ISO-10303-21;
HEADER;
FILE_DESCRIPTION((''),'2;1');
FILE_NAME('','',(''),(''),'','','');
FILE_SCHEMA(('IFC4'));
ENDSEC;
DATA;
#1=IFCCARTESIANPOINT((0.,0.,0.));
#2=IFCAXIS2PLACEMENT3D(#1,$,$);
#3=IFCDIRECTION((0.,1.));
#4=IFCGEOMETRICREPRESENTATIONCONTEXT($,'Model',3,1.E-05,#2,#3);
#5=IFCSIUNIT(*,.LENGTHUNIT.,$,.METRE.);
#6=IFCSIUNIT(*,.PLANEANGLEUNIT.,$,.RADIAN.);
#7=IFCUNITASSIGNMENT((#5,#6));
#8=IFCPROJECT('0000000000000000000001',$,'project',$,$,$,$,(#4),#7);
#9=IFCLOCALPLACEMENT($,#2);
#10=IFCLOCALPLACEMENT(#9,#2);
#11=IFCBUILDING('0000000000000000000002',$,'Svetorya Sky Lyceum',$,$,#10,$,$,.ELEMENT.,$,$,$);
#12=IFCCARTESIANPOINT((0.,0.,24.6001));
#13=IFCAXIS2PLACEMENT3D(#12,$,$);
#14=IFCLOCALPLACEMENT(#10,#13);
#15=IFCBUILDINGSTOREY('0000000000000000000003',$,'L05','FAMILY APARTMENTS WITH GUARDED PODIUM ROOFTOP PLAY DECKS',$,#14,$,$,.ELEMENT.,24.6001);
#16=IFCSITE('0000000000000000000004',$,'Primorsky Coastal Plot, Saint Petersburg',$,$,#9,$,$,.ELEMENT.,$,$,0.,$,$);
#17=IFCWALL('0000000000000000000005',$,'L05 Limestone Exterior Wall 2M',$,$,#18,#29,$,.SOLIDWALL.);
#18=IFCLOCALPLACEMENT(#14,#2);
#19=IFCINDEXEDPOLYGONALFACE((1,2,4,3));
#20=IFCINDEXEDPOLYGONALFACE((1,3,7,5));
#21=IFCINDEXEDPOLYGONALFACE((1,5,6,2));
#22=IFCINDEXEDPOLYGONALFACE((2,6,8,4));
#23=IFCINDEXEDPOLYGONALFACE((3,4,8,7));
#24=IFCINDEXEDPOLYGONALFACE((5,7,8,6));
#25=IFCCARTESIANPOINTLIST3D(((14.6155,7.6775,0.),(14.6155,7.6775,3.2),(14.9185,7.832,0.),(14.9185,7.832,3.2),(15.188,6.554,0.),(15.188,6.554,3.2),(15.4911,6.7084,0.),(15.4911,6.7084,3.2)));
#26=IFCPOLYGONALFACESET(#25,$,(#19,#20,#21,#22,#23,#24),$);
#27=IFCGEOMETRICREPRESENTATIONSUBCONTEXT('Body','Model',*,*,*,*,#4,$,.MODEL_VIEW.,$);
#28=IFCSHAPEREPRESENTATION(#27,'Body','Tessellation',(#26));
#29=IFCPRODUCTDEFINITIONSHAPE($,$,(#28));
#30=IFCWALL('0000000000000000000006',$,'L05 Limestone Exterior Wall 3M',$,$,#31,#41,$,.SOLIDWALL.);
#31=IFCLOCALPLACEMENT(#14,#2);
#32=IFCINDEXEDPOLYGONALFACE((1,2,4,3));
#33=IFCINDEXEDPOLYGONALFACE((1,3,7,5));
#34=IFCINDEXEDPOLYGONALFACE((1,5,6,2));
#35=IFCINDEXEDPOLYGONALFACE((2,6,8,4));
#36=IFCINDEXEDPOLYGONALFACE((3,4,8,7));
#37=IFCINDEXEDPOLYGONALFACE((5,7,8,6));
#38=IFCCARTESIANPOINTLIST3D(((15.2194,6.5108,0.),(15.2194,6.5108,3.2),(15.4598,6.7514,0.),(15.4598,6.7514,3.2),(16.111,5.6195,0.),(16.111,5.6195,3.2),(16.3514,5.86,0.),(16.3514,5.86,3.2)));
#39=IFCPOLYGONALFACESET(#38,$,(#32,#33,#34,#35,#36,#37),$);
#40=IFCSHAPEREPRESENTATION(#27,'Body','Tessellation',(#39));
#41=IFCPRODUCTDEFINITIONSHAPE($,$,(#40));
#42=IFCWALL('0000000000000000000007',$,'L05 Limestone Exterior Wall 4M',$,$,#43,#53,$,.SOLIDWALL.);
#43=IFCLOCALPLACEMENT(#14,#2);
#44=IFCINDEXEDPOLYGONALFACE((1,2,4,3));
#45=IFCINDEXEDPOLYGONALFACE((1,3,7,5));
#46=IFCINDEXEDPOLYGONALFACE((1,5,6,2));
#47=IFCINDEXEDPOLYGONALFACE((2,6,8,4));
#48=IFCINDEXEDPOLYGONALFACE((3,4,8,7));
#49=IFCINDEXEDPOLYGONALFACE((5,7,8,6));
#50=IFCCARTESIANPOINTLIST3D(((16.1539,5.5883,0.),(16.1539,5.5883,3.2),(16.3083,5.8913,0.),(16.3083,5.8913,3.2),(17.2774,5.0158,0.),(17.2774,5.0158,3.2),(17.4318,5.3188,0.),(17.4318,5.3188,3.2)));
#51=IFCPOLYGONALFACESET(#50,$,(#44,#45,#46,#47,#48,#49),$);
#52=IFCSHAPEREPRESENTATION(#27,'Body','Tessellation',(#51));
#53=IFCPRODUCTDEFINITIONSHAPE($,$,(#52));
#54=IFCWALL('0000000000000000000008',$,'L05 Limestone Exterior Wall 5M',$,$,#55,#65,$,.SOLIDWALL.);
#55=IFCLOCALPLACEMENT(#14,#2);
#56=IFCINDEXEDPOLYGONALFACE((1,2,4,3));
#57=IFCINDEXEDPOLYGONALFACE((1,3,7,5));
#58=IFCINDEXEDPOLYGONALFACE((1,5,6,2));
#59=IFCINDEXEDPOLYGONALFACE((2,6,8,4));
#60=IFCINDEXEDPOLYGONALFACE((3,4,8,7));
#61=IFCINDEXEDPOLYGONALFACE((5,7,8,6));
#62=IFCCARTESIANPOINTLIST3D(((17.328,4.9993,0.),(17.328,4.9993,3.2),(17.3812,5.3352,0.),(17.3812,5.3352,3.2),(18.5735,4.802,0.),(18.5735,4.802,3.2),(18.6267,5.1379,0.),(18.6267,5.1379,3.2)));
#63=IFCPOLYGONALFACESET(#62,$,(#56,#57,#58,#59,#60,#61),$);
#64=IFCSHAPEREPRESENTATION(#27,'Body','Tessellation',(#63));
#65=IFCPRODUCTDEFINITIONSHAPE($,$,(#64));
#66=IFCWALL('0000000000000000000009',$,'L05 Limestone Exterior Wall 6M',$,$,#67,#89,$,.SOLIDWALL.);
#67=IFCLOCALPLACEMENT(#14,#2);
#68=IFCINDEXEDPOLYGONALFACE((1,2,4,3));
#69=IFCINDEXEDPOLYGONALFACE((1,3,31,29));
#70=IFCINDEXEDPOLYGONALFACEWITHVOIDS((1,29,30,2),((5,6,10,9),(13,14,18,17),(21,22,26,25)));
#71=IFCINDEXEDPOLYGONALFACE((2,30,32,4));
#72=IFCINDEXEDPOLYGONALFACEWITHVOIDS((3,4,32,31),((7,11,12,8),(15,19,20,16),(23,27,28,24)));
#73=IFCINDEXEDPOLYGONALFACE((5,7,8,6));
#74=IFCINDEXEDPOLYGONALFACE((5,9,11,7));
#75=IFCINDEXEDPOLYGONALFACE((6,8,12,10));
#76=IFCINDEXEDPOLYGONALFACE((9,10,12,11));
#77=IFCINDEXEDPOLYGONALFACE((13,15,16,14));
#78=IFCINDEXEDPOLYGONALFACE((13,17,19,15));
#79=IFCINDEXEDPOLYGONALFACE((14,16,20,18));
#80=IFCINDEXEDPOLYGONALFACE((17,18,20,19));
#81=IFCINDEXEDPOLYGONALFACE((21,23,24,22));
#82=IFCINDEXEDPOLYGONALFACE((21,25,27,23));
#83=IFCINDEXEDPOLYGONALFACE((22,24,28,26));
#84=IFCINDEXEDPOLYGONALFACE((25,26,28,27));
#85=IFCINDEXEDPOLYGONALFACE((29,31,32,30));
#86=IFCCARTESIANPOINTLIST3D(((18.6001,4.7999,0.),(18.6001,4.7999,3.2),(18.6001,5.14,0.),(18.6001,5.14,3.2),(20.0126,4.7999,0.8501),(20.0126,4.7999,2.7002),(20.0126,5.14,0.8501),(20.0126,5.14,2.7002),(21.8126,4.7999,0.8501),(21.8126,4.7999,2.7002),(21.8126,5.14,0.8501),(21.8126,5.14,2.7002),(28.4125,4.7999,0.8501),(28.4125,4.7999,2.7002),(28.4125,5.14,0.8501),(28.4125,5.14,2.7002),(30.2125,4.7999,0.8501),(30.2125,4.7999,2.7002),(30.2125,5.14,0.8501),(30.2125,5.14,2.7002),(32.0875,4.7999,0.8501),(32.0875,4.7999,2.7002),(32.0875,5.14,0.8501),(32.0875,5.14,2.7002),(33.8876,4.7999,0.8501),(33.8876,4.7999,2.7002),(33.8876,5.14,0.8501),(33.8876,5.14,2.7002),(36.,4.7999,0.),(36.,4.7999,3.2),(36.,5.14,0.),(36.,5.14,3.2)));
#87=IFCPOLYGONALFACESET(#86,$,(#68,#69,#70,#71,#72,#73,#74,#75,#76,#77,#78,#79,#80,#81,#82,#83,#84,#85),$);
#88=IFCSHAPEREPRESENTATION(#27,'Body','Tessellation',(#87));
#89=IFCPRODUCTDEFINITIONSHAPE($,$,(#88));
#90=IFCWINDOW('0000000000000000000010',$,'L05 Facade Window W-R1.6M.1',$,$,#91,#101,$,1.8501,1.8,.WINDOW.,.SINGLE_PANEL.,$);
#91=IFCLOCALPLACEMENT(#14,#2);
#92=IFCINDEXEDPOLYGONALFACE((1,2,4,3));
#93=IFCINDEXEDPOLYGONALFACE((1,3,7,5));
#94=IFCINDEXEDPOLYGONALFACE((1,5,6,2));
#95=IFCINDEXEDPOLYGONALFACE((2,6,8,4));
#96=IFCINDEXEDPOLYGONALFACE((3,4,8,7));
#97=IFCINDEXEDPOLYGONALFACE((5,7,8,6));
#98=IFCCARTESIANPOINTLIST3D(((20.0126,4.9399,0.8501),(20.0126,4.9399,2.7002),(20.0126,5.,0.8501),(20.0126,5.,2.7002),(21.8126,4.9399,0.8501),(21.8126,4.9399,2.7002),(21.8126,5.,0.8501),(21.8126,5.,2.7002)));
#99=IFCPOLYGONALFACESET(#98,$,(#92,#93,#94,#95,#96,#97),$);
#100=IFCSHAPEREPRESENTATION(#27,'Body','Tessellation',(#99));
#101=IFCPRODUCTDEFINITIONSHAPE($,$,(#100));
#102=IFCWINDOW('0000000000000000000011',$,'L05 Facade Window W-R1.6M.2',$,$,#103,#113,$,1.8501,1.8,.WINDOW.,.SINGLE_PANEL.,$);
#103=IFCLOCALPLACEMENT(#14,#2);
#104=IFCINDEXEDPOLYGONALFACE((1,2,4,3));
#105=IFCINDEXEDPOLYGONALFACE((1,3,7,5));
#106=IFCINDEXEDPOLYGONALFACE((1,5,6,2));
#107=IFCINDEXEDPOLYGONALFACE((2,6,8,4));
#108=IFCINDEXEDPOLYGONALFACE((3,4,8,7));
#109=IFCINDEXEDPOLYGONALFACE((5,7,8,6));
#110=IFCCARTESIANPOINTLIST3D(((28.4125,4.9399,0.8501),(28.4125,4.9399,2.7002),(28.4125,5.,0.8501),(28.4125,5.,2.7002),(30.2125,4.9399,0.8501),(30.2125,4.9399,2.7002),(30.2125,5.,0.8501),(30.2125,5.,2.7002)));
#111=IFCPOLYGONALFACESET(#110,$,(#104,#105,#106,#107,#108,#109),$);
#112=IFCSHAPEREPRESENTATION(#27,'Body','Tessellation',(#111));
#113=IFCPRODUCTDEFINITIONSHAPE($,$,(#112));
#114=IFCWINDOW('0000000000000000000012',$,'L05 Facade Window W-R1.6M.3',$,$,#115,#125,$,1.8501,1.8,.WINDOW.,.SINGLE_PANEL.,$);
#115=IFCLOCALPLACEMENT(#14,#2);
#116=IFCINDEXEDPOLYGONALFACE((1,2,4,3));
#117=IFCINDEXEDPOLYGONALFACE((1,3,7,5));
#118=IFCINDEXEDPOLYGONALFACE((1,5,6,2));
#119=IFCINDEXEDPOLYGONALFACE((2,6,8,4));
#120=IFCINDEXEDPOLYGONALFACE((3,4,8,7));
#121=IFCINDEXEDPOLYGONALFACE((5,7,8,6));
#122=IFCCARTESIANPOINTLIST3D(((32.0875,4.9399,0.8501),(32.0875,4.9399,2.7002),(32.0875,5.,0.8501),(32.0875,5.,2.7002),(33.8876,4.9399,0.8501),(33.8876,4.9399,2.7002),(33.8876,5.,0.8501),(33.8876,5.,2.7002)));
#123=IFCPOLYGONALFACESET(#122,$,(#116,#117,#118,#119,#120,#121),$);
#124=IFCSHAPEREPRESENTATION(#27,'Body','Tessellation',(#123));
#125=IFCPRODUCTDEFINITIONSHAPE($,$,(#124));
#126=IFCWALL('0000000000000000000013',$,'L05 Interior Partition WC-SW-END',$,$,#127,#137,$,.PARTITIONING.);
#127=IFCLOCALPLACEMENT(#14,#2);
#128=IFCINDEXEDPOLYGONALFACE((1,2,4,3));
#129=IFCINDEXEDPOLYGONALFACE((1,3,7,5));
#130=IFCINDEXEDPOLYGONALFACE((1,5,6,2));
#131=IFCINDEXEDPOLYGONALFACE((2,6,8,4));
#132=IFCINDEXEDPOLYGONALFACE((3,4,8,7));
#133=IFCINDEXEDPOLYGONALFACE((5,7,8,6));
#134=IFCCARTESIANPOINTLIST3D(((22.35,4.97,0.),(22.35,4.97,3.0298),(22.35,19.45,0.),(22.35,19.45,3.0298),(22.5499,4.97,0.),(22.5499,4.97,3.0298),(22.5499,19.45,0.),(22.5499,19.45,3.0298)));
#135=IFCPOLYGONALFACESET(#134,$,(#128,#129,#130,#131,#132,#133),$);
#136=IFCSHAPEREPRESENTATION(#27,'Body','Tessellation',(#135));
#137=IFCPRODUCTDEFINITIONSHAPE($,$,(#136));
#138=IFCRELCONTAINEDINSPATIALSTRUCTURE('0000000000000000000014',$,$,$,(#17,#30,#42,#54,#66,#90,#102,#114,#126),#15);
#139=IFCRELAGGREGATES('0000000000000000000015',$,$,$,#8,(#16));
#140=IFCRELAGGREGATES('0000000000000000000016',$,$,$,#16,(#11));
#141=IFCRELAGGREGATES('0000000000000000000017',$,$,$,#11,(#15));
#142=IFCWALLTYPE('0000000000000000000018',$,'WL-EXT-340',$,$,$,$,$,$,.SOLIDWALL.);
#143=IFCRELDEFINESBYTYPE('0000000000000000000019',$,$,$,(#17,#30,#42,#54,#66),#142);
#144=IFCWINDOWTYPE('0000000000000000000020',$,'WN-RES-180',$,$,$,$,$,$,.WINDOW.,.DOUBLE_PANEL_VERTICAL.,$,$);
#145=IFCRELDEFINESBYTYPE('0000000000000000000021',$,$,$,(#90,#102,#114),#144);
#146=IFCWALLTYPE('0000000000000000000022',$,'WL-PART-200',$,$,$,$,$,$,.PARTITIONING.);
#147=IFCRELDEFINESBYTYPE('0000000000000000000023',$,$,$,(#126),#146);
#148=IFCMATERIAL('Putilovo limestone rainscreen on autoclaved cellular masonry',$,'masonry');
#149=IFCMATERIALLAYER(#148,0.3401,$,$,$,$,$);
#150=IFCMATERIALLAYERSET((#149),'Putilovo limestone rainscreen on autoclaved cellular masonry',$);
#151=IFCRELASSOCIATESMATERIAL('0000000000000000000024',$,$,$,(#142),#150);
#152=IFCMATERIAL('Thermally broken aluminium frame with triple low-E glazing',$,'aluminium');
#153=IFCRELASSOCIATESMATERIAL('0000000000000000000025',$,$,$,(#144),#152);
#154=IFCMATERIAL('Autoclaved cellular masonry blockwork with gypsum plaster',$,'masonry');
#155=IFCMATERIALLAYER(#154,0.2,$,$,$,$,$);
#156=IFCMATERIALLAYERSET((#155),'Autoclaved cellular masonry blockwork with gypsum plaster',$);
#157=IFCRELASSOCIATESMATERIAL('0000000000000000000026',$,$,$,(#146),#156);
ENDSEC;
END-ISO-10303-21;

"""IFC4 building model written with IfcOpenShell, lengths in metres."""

from ifc_helpers import new_model, si_unit, direction, frame, frame_2d, origin, place, context, subcontext, project, spatial, rectangle, extrude, material, layer, layer_set, type_object, element, fill, save


model = new_model("IFC4")

# Units and contexts
model_context = context("Model", 3, precision=1e-05, world=origin(), true_north=direction((0.0, 1.0)))
body_context = subcontext(model_context, "Body", "Model", "MODEL_VIEW")
ifc_project = project(units=[si_unit("LENGTHUNIT", "METRE"), si_unit("PLANEANGLEUNIT", "RADIAN")], contexts=[model_context])

# Site, building, storey
site_placement = place(None, origin())
site = spatial("IfcSite", under=ifc_project, at=site_placement, Name="Primorsky Coastal Plot, Saint Petersburg", CompositionType="ELEMENT", RefElevation=0.0)
building_placement = place(site_placement, origin())
building = spatial("IfcBuilding", under=site, at=building_placement, Name="Svetorya Sky Lyceum", CompositionType="ELEMENT")
storey_placement = place(building_placement, frame((0.0, 0.0, 24.6001)))
storey = spatial("IfcBuildingStorey", under=building, at=storey_placement, Name="L05", Description="FAMILY APARTMENTS WITH GUARDED PODIUM ROOFTOP PLAY DECKS", CompositionType="ELEMENT", Elevation=24.6001)

# Walls
ifc_material_1 = material(Name="Putilovo limestone rainscreen on autoclaved cellular masonry", Category="masonry")
ifc_layer_1 = layer(ifc_material_1, 0.3401)
ifc_layer_set_1 = layer_set([ifc_layer_1], Name="Putilovo limestone rainscreen on autoclaved cellular masonry")
wall_type_1 = type_object("IfcWallType", Name="WL-EXT-340", PredefinedType="SOLIDWALL", material=ifc_layer_set_1)
wall_1_placement = place(storey_placement, frame((14.7671, 7.7546, 0.0), z_axis=(0.0, 0.0, 1.0), x_axis=(0.454016, -0.890994, 0.0)))
element("IfcWall", 1, at=wall_1_placement, inside=storey, type_object=wall_type_1, Name="L05 Limestone Exterior Wall 2M", PredefinedType="SOLIDWALL", context=body_context, shape_type="SweptSolid", body=[
    extrude(rectangle(XDim=1.261, YDim=0.3401, at=frame_2d((0.6304, 0.0))), origin(), (0.0, 0.0, 1.0), 3.2),
])
wall_2_placement = place(storey_placement, frame((15.3396, 6.6311, 0.0), z_axis=(0.0, 0.0, 1.0), x_axis=(0.707204, -0.70701, 0.0)))
element("IfcWall", 2, at=wall_2_placement, inside=storey, type_object=wall_type_1, Name="L05 Limestone Exterior Wall 3M", PredefinedType="SOLIDWALL", context=body_context, shape_type="SweptSolid", body=[
    extrude(rectangle(XDim=1.2607, YDim=0.3401, at=frame_2d((0.6304, 0.0))), origin(), (0.0, 0.0, 1.0), 3.2),
])
for number, where, z_axis, x_axis, name in (
    (3, (16.2312, 5.7397, 0.0), (0.0, 0.0, 1.0), (0.890994, -0.454016, 0.0), "L05 Limestone Exterior Wall 4M"),
    (4, (17.3547, 5.1672, 0.0), (0.0, 0.0, 1.0), (0.987686, -0.15645, 0.0), "L05 Limestone Exterior Wall 5M"),
):
    element("IfcWall", number, at=place(storey_placement, frame(where, z_axis=z_axis, x_axis=x_axis)), inside=storey, type_object=wall_type_1, Name=name, PredefinedType="SOLIDWALL", context=body_context, shape_type="SweptSolid", body=[
        extrude(rectangle(XDim=1.261, YDim=0.3401, at=frame_2d((0.6304, 0.0))), origin(), (0.0, 0.0, 1.0), 3.2),
    ])

# Wall, openings, windows
wall_3_placement = place(storey_placement, frame((18.6001, 4.97, 0.0), z_axis=(0.0, 0.0, 1.0), x_axis=(1.0, 0.0, 0.0)))
wall_3 = element("IfcWall", 5, at=wall_3_placement, inside=storey, type_object=wall_type_1, Name="L05 Limestone Exterior Wall 6M", PredefinedType="SOLIDWALL", context=body_context, shape_type="SweptSolid", body=[
    extrude(rectangle(XDim=17.3999, YDim=0.3401, at=frame_2d((8.7, 0.0))), origin(), (0.0, 0.0, 1.0), 3.2),
])
opening_1_placement = place(wall_3_placement, frame((1.4126, 0.0, 0.8501)))
opening_1 = element("IfcOpeningElement", 6, at=opening_1_placement, cuts=wall_3, PredefinedType="OPENING", context=body_context, shape_type="SweptSolid", body=[
    extrude(rectangle(XDim=1.8, YDim=1.8501, at=frame_2d((0.8999, 0.925))), frame((0.0, 0.1799, 0.0), z_axis=(0.0, -1.0, 0.0), x_axis=(1.0, 0.0, 0.0)), (0.0, 0.0, 1.0), 0.3601),
])
opening_2_placement = place(wall_3_placement, frame((9.8125, 0.0, 0.8501)))
opening_2 = element("IfcOpeningElement", 7, at=opening_2_placement, cuts=wall_3, PredefinedType="OPENING", context=body_context, shape_type="SweptSolid", body=[
    extrude(rectangle(XDim=1.8, YDim=1.8501, at=frame_2d((0.8999, 0.925))), frame((0.0, 0.1799, 0.0), z_axis=(0.0, -1.0, 0.0), x_axis=(1.0, 0.0, 0.0)), (0.0, 0.0, 1.0), 0.3601),
])
opening_3_placement = place(wall_3_placement, frame((13.4875, 0.0, 0.8501)))
opening_3 = element("IfcOpeningElement", 8, at=opening_3_placement, cuts=wall_3, PredefinedType="OPENING", context=body_context, shape_type="SweptSolid", body=[
    extrude(rectangle(XDim=1.8, YDim=1.8501, at=frame_2d((0.8999, 0.925))), frame((0.0, 0.1799, 0.0), z_axis=(0.0, -1.0, 0.0), x_axis=(1.0, 0.0, 0.0)), (0.0, 0.0, 1.0), 0.3601),
])
ifc_material_2 = material(Name="Thermally broken aluminium frame with triple low-E glazing", Category="aluminium")
window_type = type_object("IfcWindowType", Name="WN-RES-180", PartitioningType="DOUBLE_PANEL_VERTICAL", PredefinedType="WINDOW", material=ifc_material_2)
window_1_placement = place(opening_1_placement, origin())
window_1 = element("IfcWindow", 9, at=window_1_placement, inside=storey, type_object=window_type, Name="L05 Facade Window W-R1.6M.1", OverallHeight=1.8501, OverallWidth=1.8, PartitioningType="SINGLE_PANEL", PredefinedType="WINDOW", context=body_context, shape_type="SweptSolid", body=[
    extrude(rectangle(XDim=1.8, YDim=1.8501, at=frame_2d((0.8999, 0.925))), frame((0.0, 0.03, 0.0), z_axis=(0.0, -1.0, 0.0), x_axis=(1.0, 0.0, 0.0)), (0.0, 0.0, 1.0), 0.0601),
])
fill(opening_1, window_1)
window_2_placement = place(opening_2_placement, origin())
window_2 = element("IfcWindow", 10, at=window_2_placement, inside=storey, type_object=window_type, Name="L05 Facade Window W-R1.6M.2", OverallHeight=1.8501, OverallWidth=1.8, PartitioningType="SINGLE_PANEL", PredefinedType="WINDOW", context=body_context, shape_type="SweptSolid", body=[
    extrude(rectangle(XDim=1.8, YDim=1.8501, at=frame_2d((0.8999, 0.925))), frame((0.0, 0.03, 0.0), z_axis=(0.0, -1.0, 0.0), x_axis=(1.0, 0.0, 0.0)), (0.0, 0.0, 1.0), 0.0601),
])
fill(opening_2, window_2)
window_3_placement = place(opening_3_placement, origin())
window_3 = element("IfcWindow", 11, at=window_3_placement, inside=storey, type_object=window_type, Name="L05 Facade Window W-R1.6M.3", OverallHeight=1.8501, OverallWidth=1.8, PartitioningType="SINGLE_PANEL", PredefinedType="WINDOW", context=body_context, shape_type="SweptSolid", body=[
    extrude(rectangle(XDim=1.8, YDim=1.8501, at=frame_2d((0.8999, 0.925))), frame((0.0, 0.03, 0.0), z_axis=(0.0, -1.0, 0.0), x_axis=(1.0, 0.0, 0.0)), (0.0, 0.0, 1.0), 0.0601),
])
fill(opening_3, window_3)

# Wall
ifc_material_3 = material(Name="Autoclaved cellular masonry blockwork with gypsum plaster", Category="masonry")
ifc_layer_2 = layer(ifc_material_3, 0.2)
ifc_layer_set_2 = layer_set([ifc_layer_2], Name="Autoclaved cellular masonry blockwork with gypsum plaster")
wall_type_2 = type_object("IfcWallType", Name="WL-PART-200", PredefinedType="PARTITIONING", material=ifc_layer_set_2)
wall_4_placement = place(storey_placement, frame((22.45, 4.97, 0.0), z_axis=(0.0, 0.0, 1.0), x_axis=(0.0, 1.0, 0.0)))
element("IfcWall", 12, at=wall_4_placement, inside=storey, type_object=wall_type_2, Name="L05 Interior Partition WC-SW-END", PredefinedType="PARTITIONING", context=body_context, shape_type="SweptSolid", body=[
    extrude(rectangle(XDim=14.48, YDim=0.2, at=frame_2d((7.24, 0.0))), origin(), (0.0, 0.0, 1.0), 3.0298),
])

save(model, "model.ifc")
